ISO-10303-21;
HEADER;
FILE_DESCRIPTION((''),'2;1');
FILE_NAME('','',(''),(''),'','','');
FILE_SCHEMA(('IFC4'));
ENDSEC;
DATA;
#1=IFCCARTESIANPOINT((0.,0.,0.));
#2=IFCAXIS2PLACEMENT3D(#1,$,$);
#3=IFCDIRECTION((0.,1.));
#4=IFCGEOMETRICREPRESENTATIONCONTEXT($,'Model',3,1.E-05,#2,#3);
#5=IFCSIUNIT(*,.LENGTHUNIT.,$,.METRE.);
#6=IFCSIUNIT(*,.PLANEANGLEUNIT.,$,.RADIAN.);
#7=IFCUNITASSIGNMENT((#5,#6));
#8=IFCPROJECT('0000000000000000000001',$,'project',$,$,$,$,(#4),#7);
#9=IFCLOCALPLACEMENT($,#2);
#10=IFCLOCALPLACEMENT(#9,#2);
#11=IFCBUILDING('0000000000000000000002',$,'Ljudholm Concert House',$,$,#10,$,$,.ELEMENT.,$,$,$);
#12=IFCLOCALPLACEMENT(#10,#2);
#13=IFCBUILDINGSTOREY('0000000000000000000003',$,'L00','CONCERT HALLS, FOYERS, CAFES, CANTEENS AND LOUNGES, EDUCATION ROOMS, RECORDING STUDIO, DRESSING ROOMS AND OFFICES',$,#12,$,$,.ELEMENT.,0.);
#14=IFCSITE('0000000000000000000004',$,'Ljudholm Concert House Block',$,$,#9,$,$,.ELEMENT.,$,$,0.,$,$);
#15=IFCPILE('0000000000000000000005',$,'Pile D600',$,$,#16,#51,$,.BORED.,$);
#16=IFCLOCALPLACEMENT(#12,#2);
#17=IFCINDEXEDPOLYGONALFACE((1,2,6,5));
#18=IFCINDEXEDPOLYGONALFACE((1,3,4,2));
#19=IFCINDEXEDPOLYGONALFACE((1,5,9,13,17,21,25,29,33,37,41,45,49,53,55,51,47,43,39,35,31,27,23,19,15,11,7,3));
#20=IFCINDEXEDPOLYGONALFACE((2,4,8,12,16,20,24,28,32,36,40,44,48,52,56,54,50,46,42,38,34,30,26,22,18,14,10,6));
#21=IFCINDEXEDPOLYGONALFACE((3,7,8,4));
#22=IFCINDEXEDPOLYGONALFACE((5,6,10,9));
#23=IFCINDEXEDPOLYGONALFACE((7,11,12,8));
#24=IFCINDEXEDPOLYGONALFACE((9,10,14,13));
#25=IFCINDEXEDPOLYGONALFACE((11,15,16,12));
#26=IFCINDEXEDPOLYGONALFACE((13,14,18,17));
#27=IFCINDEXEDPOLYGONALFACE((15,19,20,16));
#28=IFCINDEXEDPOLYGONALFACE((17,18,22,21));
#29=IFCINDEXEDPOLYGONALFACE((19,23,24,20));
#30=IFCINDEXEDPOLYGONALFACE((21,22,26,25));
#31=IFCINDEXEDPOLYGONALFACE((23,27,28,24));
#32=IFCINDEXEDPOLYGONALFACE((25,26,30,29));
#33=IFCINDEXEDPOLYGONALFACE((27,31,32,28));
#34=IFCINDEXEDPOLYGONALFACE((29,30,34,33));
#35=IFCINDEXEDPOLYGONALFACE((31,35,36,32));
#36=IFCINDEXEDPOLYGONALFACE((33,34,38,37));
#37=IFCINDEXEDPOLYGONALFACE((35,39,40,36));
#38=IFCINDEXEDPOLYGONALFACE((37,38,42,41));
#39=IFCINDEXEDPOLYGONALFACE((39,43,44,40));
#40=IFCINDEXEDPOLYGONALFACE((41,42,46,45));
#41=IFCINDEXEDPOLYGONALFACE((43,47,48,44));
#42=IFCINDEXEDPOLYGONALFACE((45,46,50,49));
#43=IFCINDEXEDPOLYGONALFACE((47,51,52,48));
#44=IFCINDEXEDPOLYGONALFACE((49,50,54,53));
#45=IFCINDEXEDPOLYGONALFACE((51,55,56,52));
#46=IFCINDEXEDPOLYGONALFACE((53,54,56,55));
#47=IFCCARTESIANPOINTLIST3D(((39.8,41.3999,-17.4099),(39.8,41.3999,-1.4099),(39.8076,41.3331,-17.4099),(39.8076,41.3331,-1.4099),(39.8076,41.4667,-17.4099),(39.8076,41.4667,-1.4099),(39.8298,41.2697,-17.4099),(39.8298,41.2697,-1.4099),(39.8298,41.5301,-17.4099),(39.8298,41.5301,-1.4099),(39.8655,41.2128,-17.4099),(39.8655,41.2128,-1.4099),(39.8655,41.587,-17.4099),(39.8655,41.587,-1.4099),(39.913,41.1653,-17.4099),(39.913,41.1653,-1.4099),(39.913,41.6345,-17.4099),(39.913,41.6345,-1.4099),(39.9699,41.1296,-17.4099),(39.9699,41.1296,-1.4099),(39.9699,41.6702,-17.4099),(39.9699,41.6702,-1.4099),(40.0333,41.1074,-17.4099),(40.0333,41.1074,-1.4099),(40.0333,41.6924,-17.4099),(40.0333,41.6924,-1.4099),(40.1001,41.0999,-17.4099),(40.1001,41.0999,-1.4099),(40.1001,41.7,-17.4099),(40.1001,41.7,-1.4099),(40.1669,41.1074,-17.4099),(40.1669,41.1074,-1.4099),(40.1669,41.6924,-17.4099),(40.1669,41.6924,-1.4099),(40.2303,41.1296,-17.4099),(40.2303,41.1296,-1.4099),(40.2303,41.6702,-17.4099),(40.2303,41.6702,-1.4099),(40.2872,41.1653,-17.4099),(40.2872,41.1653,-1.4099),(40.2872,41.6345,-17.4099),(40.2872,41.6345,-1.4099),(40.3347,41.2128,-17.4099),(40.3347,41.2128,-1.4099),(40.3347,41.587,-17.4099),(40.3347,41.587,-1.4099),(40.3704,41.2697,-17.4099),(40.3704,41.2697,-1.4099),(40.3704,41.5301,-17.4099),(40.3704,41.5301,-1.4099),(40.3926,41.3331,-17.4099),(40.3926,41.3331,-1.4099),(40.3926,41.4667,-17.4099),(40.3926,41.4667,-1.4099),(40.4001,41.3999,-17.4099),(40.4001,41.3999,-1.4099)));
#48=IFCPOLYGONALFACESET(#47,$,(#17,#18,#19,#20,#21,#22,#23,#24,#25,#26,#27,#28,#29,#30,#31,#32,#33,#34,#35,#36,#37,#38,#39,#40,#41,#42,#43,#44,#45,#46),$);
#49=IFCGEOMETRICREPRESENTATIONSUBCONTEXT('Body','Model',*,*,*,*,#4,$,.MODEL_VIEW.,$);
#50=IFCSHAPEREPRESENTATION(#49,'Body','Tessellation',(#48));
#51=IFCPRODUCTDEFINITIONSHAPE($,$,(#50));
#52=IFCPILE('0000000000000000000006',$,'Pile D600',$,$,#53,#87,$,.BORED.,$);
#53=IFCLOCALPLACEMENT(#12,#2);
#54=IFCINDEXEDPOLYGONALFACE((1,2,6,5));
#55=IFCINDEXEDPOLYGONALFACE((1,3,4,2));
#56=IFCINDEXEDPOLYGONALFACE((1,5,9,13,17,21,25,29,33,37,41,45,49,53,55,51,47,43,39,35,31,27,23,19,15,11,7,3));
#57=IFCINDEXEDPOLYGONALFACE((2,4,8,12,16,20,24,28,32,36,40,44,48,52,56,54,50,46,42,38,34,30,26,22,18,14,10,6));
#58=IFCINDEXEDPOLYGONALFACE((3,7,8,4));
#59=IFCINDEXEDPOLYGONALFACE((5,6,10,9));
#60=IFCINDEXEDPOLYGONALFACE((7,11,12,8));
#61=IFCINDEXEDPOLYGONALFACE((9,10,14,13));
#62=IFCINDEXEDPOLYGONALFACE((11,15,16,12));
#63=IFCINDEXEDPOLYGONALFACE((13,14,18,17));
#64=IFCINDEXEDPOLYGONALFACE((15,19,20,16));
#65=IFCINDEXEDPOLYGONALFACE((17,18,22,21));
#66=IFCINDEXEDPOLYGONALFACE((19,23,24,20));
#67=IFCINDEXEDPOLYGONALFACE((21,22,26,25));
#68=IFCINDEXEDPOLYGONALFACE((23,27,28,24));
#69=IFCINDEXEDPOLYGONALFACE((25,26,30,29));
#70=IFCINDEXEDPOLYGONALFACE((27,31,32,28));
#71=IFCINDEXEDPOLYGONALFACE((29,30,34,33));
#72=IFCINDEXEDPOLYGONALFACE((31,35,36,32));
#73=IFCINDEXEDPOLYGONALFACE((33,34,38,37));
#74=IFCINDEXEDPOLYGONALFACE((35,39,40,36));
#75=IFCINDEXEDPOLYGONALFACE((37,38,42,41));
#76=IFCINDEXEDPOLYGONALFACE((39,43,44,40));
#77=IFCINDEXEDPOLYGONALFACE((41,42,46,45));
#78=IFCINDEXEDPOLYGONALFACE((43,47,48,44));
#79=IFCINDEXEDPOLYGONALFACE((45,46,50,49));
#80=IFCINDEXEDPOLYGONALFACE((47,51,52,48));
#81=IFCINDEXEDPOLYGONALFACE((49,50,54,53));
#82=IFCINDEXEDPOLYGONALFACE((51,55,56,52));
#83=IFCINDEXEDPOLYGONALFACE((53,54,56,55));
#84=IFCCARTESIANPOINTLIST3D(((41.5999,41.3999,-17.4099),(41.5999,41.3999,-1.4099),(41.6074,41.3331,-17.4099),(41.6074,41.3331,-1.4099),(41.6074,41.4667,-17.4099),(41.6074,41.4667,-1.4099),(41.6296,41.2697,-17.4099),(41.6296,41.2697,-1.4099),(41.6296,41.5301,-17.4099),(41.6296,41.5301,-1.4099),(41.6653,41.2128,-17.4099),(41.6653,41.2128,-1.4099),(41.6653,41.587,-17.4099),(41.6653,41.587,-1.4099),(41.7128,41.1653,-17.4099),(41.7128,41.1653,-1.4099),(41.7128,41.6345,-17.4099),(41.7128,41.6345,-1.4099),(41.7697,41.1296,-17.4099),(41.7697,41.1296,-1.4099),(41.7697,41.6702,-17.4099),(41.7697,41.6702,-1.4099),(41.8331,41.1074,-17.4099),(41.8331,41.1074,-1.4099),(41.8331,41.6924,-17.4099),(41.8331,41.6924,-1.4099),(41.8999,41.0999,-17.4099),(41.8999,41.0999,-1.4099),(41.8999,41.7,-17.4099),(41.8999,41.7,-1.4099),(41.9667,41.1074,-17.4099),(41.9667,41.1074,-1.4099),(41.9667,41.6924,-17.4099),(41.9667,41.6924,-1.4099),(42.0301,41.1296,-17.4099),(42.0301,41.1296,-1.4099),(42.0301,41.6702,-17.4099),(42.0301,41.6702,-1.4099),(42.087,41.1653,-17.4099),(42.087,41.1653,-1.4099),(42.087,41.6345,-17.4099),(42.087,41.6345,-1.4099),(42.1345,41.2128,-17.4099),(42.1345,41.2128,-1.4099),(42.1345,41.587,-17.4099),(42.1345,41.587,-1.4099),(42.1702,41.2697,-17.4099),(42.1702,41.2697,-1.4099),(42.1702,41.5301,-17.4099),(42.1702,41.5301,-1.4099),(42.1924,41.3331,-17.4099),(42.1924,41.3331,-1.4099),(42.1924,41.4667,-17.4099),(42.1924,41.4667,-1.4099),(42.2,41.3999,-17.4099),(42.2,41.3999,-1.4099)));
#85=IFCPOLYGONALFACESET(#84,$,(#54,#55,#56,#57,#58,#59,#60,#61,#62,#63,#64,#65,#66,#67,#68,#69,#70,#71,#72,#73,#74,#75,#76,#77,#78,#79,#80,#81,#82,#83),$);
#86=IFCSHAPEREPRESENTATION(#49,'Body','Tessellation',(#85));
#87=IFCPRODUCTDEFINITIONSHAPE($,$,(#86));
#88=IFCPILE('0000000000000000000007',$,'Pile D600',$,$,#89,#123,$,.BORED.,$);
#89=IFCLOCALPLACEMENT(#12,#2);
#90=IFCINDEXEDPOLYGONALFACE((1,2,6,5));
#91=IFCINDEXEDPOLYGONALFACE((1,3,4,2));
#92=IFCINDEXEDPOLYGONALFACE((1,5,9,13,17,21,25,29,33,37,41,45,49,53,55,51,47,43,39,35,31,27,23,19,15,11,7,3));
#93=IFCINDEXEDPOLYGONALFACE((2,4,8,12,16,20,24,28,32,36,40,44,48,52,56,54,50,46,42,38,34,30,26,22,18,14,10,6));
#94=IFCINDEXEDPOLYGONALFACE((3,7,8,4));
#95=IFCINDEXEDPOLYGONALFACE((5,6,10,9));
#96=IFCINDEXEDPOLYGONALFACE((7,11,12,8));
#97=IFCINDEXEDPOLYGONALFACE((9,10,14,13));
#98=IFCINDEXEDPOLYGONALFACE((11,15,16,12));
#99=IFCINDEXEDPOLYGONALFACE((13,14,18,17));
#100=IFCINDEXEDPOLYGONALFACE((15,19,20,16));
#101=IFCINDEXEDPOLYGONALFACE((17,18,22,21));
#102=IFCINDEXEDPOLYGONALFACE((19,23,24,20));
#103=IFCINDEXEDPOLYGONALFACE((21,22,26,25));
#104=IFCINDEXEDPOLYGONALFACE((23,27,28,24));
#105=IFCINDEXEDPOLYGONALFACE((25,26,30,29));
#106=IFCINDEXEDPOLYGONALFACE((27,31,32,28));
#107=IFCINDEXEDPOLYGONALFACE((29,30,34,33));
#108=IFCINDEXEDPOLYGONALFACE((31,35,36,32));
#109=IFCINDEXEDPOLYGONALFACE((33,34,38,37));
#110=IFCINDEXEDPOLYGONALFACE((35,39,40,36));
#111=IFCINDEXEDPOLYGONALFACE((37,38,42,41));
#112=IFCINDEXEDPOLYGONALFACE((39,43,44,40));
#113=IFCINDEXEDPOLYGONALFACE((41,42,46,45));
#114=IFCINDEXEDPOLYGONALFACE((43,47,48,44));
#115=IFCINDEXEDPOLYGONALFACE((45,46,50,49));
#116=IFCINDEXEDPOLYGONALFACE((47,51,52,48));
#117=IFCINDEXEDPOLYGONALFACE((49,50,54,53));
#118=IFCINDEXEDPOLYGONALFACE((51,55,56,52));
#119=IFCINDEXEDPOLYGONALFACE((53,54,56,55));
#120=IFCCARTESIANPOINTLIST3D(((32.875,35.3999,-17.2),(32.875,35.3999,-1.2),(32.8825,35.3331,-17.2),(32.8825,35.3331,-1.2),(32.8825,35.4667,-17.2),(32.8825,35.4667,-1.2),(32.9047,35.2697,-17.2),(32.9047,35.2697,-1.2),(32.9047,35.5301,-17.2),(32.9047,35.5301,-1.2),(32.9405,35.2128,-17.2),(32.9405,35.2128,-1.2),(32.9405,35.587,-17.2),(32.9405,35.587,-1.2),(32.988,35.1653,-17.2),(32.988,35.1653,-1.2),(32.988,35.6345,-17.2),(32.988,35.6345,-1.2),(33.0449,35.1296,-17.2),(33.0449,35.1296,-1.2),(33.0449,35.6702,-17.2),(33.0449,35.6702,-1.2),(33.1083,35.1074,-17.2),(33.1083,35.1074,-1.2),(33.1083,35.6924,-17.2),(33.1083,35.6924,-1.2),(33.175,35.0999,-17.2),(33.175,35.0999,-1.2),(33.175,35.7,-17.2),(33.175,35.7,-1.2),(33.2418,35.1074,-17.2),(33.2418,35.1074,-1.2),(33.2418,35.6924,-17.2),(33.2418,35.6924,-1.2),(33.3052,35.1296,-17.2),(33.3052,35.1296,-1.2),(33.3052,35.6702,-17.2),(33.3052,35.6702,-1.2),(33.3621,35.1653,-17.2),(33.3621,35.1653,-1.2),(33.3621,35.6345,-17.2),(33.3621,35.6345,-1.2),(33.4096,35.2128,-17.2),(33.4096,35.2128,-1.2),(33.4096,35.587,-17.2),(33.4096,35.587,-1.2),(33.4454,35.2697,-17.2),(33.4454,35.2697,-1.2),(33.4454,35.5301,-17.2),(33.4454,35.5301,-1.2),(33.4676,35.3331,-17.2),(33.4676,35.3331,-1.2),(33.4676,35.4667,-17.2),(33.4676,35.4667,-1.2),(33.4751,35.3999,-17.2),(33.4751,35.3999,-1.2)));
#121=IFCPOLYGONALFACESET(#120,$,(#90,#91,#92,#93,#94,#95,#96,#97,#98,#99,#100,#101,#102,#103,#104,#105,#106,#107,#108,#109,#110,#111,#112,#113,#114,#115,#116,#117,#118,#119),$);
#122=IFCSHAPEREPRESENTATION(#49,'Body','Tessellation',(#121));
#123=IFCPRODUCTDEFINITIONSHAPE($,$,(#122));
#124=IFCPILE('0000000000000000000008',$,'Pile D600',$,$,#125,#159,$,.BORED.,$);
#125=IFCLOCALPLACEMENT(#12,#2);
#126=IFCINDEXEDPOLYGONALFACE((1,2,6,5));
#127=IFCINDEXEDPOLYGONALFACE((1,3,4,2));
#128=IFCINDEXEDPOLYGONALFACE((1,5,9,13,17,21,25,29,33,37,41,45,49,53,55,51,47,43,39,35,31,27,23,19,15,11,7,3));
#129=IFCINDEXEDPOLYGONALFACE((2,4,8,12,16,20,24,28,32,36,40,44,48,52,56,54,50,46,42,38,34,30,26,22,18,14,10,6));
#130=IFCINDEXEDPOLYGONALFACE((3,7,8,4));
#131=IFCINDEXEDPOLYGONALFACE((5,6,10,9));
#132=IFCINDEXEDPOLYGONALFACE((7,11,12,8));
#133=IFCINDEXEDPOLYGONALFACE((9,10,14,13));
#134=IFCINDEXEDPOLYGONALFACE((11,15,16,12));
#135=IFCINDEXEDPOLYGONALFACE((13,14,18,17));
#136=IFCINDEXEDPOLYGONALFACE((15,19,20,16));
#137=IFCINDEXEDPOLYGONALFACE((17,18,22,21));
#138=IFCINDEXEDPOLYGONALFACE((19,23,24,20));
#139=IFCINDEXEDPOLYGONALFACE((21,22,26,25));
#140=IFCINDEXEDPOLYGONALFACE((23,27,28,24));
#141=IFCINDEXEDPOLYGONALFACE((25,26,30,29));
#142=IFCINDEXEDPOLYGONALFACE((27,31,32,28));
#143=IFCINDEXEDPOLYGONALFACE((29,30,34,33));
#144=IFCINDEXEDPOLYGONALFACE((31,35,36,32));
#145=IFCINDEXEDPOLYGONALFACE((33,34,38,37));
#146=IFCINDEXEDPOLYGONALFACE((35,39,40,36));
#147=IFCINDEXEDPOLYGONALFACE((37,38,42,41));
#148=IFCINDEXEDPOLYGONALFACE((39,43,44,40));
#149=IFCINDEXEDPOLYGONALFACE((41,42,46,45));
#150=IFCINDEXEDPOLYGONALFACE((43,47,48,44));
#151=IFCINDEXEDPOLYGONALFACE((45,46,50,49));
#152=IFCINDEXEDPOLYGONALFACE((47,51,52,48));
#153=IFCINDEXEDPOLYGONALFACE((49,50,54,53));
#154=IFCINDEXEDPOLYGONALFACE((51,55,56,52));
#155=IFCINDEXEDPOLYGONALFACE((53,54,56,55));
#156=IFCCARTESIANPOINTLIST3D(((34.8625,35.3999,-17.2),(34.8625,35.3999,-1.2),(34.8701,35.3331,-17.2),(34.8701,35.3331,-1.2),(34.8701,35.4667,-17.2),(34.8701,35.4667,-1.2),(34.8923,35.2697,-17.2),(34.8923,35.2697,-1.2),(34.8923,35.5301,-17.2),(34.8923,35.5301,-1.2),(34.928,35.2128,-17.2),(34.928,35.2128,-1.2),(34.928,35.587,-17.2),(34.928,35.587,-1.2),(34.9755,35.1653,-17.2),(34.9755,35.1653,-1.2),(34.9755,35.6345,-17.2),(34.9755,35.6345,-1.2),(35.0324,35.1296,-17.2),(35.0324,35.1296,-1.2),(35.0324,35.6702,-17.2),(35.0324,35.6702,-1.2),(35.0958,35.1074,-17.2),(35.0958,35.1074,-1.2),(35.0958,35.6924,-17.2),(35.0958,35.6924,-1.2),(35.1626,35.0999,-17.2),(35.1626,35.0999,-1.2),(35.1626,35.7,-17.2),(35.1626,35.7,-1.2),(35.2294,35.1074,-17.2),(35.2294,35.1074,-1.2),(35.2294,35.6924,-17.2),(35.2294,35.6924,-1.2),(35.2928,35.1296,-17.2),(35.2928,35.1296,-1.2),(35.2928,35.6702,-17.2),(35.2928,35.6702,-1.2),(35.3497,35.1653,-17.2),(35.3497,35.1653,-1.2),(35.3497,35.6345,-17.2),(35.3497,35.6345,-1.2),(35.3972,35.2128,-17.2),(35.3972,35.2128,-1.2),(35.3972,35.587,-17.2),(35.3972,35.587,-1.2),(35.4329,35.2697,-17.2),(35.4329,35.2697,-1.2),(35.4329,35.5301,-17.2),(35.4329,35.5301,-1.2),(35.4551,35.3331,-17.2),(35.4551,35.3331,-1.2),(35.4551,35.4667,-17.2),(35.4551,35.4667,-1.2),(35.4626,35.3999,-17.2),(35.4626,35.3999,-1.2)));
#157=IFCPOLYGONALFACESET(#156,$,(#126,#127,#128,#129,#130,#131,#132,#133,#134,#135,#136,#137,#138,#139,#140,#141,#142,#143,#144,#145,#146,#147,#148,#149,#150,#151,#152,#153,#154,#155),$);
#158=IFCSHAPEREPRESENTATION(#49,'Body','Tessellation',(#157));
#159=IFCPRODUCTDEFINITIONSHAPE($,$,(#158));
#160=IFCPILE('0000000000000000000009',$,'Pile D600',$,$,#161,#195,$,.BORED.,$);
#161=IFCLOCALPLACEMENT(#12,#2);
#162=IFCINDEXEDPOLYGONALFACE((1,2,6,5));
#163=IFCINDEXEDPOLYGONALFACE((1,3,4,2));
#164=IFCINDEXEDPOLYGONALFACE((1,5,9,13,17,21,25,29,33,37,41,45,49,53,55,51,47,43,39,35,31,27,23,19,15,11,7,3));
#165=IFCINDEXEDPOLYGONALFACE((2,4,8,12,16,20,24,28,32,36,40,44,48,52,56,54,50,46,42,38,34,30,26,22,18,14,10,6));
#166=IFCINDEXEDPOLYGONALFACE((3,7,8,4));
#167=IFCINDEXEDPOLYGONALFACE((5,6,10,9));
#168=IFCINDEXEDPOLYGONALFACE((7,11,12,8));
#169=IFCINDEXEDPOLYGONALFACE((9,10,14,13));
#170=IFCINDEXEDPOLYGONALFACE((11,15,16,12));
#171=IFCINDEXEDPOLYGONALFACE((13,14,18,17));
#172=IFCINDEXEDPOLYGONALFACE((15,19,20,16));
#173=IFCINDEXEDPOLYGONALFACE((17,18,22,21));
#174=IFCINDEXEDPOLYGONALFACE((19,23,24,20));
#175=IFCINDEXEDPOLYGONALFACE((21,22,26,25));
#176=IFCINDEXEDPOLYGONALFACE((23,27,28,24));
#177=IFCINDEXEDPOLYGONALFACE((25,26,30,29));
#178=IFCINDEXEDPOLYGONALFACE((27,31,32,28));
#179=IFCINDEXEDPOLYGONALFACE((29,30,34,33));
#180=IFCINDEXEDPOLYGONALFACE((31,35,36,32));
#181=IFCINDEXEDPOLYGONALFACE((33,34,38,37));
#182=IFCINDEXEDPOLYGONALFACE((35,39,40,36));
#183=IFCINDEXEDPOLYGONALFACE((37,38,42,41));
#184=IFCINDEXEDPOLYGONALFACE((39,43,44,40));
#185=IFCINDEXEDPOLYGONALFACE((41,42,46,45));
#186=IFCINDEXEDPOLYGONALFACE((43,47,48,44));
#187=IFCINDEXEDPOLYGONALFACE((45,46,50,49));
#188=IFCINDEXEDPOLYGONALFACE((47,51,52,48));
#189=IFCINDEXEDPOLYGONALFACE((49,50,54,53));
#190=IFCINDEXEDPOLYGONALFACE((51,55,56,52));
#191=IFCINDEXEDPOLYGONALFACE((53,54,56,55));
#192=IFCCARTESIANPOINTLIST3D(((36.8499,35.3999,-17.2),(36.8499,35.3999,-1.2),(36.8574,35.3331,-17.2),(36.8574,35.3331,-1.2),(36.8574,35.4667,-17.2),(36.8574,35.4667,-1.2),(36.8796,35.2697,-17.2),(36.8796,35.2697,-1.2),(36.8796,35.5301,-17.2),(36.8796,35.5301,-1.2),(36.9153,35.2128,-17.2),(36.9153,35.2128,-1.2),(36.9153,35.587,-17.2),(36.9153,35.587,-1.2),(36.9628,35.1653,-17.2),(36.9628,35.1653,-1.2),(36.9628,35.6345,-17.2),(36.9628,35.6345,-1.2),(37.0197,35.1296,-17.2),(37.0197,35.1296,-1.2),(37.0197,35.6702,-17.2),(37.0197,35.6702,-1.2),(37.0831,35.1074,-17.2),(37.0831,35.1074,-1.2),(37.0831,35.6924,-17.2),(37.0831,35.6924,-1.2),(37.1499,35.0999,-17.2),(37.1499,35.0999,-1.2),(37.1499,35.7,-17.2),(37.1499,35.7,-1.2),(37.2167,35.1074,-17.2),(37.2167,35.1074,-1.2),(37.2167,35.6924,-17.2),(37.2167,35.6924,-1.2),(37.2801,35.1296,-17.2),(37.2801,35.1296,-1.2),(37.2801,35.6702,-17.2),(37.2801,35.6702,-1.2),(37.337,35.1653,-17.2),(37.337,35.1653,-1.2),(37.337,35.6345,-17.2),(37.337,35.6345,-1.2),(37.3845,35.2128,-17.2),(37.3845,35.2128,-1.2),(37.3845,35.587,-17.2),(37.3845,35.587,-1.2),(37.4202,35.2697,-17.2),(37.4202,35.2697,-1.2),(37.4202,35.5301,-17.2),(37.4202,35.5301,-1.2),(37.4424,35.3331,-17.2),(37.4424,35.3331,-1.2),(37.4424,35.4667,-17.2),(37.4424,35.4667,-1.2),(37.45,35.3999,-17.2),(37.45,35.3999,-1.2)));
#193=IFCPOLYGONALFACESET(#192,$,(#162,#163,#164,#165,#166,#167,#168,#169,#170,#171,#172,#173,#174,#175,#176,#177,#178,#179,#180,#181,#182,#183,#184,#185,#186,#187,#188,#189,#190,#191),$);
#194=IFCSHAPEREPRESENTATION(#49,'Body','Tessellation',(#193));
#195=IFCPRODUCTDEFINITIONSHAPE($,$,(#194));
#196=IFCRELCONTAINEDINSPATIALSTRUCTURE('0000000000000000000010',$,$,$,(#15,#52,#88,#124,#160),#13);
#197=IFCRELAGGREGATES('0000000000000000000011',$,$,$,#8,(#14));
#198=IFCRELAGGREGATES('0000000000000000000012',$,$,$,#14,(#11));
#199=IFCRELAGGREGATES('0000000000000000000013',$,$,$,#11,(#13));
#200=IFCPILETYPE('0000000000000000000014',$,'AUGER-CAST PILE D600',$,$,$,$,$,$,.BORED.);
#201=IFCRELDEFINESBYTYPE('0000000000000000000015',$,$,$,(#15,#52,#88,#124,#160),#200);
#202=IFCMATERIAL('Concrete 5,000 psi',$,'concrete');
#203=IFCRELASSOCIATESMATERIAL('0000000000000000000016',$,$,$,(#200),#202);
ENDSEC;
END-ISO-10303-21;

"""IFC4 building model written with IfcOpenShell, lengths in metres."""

from ifc_helpers import new_model, si_unit, direction, frame, origin, origin_2d, place, context, subcontext, project, spatial, circle, extrude, material, material_profile, profile_set, type_object, element, save


model = new_model("IFC4")

# Units and contexts
model_context = context("Model", 3, precision=1e-05, world=origin(), true_north=direction((0.0, 1.0)))
body_context = subcontext(model_context, "Body", "Model", "MODEL_VIEW")
ifc_project = project(units=[si_unit("LENGTHUNIT", "METRE"), si_unit("PLANEANGLEUNIT", "RADIAN")], contexts=[model_context])

# Site, building, storey
site_placement = place(None, origin())
site = spatial("IfcSite", under=ifc_project, at=site_placement, Name="Ljudholm Concert House Block", CompositionType="ELEMENT", RefElevation=0.0)
building_placement = place(site_placement, origin())
building = spatial("IfcBuilding", under=site, at=building_placement, Name="Ljudholm Concert House", CompositionType="ELEMENT")
storey_placement = place(building_placement, origin())
storey = spatial("IfcBuildingStorey", under=building, at=storey_placement, Name="L00", Description="CONCERT HALLS, FOYERS, CAFES, CANTEENS AND LOUNGES, EDUCATION ROOMS, RECORDING STUDIO, DRESSING ROOMS AND OFFICES", CompositionType="ELEMENT", Elevation=0.0)

# Piles
ifc_material_1 = material(Name="Concrete 5,000 psi", Category="concrete")
ifc_material_profile_1 = material_profile(ifc_material_1, circle(Radius=0.3, at=origin_2d()), Name="AUGER-CAST PILE D600")
ifc_profile_set_1 = profile_set([ifc_material_profile_1], Name="Concrete 5,000 psi")
pile_type_1 = type_object("IfcPileType", Name="AUGER-CAST PILE D600", PredefinedType="BORED", material=ifc_profile_set_1)
for number, where, z_axis, x_axis, name in (
    (1, (40.1001, 41.3999, -1.4099), (0.0, 0.0, -1.0), (1.0, 0.0, 0.0), "Pile D600"),
    (2, (41.8999, 41.3999, -1.4099), (0.0, 0.0, -1.0), (1.0, 0.0, 0.0), "Pile D600"),
    (3, (33.175, 35.3999, -1.2), (0.0, 0.0, -1.0), (1.0, 0.0, 0.0), "Pile D600"),
    (4, (35.1626, 35.3999, -1.2), (0.0, 0.0, -1.0), (1.0, 0.0, 0.0), "Pile D600"),
    (5, (37.1499, 35.3999, -1.2), (0.0, 0.0, -1.0), (1.0, 0.0, 0.0), "Pile D600"),
):
    element("IfcPile", number, at=place(storey_placement, frame(where, z_axis=z_axis, x_axis=x_axis)), inside=storey, type_object=pile_type_1, Name=name, PredefinedType="BORED", context=body_context, shape_type="SweptSolid", body=[
        extrude(circle(Radius=0.3, at=origin_2d()), origin(), (0.0, 0.0, 1.0), 16.0),
    ])

save(model, "model.ifc")
